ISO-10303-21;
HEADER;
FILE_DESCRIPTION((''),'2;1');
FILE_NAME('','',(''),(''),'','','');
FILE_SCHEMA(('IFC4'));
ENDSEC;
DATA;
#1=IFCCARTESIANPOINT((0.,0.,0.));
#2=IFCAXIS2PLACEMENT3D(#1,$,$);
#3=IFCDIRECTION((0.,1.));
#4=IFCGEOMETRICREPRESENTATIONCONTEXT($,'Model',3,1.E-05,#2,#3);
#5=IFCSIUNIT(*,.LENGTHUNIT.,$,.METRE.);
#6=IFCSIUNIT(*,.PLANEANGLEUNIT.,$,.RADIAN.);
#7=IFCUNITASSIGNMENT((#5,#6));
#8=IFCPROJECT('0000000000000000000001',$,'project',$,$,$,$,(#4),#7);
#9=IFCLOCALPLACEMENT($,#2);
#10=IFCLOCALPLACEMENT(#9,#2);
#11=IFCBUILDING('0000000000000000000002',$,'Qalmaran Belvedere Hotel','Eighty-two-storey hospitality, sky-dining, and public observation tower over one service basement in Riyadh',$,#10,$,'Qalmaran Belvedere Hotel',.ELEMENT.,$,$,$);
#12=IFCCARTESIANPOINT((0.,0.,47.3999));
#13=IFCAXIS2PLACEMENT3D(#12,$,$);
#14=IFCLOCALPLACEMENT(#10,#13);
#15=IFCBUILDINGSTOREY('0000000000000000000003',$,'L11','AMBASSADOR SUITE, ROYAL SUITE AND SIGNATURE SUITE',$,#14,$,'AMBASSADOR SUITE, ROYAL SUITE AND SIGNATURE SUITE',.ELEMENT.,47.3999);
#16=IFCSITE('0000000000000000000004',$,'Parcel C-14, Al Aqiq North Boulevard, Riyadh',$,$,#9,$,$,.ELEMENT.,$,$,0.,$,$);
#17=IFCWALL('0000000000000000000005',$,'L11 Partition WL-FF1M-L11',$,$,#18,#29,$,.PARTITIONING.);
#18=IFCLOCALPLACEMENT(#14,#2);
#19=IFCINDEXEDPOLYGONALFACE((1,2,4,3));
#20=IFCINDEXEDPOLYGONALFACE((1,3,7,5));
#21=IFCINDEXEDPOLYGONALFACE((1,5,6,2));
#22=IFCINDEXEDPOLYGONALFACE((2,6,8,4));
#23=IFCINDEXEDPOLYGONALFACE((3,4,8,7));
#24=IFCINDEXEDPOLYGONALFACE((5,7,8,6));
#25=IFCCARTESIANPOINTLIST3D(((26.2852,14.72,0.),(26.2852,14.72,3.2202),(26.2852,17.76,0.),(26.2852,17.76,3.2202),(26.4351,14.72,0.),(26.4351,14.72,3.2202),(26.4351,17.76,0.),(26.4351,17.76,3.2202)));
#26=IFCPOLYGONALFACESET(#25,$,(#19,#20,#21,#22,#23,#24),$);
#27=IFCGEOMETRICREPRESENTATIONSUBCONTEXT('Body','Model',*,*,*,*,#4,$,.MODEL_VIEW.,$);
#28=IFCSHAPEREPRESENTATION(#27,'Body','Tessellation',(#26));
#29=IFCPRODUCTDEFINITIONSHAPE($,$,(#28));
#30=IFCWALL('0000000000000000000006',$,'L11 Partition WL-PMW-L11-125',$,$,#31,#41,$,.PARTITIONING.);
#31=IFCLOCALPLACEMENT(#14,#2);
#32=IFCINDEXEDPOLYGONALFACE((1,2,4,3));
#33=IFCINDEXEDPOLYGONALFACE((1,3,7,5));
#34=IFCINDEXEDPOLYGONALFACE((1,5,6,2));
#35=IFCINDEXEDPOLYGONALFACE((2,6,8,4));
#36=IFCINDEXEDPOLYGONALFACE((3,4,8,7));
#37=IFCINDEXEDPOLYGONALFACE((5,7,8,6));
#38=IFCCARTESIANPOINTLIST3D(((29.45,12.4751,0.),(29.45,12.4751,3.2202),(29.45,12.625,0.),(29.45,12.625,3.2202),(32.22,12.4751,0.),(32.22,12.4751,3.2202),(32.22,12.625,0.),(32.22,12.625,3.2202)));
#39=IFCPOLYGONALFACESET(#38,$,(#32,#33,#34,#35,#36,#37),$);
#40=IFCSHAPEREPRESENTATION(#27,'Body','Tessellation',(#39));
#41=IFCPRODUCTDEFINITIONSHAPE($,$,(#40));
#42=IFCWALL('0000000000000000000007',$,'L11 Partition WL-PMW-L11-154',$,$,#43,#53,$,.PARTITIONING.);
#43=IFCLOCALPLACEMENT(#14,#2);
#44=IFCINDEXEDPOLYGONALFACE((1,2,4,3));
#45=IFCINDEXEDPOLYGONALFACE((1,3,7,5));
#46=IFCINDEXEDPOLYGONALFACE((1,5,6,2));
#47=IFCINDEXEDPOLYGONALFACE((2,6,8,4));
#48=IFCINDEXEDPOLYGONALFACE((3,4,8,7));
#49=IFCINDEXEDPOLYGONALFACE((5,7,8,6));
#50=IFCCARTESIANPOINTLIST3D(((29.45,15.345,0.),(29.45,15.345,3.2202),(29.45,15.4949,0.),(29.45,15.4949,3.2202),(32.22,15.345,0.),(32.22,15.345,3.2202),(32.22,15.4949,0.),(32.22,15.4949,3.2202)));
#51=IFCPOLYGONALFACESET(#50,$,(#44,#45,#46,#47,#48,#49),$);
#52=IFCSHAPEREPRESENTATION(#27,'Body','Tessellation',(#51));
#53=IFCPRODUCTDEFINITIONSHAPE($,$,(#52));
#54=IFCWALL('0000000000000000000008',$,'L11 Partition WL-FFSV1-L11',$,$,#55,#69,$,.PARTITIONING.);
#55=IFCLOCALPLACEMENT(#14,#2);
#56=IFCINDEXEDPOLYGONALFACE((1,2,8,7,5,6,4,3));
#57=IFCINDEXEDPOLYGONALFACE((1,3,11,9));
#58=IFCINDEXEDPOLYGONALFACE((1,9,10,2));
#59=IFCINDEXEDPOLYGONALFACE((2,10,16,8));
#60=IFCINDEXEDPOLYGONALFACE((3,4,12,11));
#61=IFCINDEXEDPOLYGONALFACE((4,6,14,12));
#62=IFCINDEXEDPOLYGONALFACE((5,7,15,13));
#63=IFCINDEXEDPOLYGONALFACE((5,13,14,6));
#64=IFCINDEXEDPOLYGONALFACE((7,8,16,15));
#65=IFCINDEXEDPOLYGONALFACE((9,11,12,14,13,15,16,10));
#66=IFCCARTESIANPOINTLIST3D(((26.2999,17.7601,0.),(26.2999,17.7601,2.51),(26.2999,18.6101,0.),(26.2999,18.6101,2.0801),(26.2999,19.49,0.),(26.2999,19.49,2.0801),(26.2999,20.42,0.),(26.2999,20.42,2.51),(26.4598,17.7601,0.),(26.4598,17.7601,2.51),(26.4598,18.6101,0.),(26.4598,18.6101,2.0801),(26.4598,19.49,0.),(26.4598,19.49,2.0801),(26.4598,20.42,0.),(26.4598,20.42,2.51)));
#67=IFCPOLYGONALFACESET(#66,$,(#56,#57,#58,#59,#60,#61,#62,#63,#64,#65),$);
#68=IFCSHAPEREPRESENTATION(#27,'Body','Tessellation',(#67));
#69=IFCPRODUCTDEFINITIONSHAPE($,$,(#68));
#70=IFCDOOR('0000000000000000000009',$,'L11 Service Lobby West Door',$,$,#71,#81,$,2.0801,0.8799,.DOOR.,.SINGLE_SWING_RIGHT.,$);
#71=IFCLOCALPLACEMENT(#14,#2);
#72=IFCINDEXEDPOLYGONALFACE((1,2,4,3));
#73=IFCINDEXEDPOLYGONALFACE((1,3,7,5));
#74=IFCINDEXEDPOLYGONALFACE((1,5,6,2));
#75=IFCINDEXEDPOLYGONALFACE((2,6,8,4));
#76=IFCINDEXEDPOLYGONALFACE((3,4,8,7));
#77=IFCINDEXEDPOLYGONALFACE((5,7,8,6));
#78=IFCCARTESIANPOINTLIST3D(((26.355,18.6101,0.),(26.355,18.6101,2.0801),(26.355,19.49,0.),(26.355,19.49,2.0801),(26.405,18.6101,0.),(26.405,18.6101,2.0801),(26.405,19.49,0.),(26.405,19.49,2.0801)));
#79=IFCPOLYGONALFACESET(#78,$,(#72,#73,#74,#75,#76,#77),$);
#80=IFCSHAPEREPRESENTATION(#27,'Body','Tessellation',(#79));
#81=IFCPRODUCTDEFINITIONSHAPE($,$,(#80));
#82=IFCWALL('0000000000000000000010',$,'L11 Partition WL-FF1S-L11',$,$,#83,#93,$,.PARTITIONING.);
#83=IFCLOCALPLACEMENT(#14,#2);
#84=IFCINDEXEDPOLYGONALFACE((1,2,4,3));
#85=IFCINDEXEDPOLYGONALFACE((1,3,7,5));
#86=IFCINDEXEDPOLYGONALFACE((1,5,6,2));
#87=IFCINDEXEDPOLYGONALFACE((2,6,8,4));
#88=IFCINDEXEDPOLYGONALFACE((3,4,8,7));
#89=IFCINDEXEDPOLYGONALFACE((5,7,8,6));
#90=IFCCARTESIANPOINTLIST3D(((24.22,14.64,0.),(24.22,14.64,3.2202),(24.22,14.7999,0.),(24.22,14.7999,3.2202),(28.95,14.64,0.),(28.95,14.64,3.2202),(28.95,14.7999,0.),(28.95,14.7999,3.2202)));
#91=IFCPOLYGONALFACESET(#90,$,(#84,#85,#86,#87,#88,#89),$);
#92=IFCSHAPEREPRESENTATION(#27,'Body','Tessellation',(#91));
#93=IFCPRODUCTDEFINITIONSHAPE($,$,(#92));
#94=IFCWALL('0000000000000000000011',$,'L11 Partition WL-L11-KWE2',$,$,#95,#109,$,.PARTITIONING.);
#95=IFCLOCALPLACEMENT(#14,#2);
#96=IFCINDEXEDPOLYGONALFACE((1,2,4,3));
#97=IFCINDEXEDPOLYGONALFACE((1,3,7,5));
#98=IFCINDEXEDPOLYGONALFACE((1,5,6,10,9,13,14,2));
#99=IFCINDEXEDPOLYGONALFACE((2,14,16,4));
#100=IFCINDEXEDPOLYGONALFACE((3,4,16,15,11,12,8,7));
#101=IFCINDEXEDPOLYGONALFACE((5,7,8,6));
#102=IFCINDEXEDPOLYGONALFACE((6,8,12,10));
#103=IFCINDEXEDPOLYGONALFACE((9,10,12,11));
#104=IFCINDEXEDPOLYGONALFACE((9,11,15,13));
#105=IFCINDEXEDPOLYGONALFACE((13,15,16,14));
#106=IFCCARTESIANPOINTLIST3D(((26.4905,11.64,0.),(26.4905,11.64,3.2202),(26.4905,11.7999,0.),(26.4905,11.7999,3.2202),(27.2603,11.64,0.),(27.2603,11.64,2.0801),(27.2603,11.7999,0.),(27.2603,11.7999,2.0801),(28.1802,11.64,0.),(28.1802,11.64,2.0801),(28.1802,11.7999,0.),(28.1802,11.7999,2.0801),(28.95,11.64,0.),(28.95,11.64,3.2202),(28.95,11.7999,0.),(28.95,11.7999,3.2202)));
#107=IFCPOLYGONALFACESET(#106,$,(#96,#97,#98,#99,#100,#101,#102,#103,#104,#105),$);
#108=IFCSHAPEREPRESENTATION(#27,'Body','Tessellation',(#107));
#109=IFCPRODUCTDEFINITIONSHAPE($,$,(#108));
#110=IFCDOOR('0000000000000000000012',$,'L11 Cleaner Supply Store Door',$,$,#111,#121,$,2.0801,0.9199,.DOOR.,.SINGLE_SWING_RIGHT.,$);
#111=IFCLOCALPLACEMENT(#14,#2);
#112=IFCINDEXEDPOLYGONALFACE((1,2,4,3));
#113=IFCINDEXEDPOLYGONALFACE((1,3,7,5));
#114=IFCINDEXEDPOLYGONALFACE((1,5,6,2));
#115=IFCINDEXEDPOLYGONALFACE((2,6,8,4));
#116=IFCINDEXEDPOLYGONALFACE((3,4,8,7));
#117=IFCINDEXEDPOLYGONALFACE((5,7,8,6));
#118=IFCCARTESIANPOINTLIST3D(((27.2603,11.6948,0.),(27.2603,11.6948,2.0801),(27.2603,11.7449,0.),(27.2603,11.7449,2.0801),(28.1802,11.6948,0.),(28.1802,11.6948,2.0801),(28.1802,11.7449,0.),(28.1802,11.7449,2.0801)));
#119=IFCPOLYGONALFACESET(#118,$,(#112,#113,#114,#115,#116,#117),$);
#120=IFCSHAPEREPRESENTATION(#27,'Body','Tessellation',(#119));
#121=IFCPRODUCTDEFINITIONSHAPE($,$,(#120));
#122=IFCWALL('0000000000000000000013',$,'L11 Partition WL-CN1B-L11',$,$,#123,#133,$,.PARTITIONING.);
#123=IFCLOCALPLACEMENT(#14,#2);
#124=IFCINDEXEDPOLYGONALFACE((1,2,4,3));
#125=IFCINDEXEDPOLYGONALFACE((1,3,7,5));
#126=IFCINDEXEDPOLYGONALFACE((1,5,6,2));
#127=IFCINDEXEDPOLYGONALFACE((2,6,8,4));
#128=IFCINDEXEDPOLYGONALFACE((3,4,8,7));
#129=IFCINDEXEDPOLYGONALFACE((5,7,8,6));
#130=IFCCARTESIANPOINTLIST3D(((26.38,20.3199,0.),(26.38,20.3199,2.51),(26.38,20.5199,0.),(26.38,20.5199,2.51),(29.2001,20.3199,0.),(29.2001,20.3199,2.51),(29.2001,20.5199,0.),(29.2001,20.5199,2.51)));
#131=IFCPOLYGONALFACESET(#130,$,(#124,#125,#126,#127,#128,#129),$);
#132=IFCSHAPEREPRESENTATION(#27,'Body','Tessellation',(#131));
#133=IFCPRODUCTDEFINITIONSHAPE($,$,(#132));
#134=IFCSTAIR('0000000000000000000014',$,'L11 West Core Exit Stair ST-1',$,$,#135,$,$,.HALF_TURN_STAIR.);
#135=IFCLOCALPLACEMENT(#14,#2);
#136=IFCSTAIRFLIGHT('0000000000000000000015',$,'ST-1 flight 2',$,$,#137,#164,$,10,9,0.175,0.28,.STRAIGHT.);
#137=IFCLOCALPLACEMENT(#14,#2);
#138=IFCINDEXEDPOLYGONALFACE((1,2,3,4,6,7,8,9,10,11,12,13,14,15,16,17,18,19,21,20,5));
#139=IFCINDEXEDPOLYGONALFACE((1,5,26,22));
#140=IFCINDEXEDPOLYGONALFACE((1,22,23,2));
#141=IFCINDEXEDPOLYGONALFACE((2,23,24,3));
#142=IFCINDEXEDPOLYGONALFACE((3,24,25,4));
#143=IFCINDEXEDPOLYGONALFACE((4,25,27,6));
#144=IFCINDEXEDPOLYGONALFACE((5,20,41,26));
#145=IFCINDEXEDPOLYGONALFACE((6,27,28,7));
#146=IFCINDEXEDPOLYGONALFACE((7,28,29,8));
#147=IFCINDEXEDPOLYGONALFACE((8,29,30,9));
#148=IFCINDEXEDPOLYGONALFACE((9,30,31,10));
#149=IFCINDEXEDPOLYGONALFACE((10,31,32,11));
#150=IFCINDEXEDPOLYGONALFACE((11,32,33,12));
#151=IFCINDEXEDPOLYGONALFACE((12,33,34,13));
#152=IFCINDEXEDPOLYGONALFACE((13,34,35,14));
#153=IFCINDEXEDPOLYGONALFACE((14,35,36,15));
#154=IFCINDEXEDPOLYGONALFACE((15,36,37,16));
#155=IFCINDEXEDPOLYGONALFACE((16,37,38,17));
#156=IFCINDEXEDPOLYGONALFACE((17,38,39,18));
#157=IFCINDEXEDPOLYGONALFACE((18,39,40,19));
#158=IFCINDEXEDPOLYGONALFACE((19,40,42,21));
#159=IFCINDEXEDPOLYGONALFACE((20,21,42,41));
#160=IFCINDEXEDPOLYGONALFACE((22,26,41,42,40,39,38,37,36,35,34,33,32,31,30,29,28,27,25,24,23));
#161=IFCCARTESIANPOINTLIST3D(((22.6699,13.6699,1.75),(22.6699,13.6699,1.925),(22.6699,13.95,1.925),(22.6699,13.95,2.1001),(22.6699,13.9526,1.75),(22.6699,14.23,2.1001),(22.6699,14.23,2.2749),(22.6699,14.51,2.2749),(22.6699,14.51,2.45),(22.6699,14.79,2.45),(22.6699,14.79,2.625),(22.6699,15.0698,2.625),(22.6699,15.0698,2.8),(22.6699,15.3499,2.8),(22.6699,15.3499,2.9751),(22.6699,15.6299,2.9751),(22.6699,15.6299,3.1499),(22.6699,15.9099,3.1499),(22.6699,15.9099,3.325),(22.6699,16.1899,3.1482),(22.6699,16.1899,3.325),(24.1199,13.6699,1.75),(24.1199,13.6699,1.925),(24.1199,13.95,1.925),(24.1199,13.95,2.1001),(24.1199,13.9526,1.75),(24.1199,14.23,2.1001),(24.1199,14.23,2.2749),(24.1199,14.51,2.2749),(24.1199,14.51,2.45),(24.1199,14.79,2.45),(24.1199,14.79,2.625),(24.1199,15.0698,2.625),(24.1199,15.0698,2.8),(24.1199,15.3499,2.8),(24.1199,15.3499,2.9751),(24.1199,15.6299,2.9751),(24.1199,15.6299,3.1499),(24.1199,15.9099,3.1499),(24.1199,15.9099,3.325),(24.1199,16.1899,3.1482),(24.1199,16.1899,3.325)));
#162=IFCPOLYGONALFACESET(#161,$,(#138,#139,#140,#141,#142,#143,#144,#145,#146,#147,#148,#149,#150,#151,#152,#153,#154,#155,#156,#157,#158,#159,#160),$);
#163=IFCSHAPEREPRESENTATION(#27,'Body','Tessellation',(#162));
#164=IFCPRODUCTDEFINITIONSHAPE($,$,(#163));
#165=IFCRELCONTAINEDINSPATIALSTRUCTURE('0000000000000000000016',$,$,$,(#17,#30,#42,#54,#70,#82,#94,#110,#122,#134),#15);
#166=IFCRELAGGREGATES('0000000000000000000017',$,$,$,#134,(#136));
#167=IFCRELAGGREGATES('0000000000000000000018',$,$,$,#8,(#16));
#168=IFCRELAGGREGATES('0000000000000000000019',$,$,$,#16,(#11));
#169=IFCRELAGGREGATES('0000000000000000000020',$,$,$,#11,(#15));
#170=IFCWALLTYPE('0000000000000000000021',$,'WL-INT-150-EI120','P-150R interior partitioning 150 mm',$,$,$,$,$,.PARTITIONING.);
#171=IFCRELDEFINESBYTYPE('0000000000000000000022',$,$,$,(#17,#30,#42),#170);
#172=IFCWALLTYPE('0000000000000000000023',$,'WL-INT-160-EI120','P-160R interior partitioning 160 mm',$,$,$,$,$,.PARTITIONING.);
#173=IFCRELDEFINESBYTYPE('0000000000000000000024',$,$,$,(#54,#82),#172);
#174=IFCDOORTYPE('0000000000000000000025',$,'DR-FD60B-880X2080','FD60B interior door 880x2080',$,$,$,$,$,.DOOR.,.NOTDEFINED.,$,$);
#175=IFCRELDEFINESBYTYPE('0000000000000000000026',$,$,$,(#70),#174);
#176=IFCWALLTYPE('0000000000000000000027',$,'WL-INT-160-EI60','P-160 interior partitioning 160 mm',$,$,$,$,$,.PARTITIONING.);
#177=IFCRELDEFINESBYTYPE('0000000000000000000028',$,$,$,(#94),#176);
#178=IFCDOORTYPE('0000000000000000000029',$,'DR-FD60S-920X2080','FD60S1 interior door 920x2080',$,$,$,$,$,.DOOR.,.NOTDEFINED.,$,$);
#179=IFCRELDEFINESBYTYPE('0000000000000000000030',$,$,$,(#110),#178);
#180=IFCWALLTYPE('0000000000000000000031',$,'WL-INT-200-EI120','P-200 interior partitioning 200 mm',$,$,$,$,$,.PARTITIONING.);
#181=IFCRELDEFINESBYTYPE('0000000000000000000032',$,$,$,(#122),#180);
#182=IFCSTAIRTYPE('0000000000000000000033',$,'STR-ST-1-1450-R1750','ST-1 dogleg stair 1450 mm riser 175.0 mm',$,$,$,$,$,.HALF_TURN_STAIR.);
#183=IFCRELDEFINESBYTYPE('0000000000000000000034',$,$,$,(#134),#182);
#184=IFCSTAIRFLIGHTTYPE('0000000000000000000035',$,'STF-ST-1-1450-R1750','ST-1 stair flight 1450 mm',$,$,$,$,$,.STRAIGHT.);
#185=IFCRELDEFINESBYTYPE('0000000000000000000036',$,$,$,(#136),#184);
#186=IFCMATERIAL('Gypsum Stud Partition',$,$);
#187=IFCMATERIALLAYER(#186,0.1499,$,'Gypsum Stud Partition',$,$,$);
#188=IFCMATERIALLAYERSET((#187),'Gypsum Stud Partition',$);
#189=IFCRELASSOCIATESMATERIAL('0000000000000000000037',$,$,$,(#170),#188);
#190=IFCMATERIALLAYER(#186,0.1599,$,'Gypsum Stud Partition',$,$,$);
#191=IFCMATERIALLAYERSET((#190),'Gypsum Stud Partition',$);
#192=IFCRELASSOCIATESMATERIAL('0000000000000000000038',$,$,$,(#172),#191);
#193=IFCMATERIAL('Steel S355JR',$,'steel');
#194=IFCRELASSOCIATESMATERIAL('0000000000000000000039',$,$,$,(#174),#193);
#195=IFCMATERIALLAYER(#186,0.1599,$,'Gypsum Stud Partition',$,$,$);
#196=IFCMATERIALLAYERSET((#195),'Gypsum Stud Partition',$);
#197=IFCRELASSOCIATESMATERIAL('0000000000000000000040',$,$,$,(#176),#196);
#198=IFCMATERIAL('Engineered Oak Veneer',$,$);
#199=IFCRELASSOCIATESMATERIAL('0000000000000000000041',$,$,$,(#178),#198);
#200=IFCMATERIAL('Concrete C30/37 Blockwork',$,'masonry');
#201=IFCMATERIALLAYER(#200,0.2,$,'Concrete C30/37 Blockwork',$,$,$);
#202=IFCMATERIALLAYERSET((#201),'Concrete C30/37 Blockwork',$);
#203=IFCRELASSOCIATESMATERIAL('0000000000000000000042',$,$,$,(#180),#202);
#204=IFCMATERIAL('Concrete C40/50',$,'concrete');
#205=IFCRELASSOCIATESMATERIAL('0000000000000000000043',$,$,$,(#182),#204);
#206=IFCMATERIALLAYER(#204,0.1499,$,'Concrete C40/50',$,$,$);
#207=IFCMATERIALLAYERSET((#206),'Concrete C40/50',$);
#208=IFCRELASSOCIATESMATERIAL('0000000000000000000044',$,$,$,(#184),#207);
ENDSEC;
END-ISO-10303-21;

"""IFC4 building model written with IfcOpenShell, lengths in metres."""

from ifc_helpers import new_model, si_unit, direction, frame, frame_2d, origin, place, context, subcontext, project, spatial, polyline, rectangle, outline, extrude, material, layer, layer_set, type_object, element, fill, aggregate, save


model = new_model("IFC4")

# Units and contexts
model_context = context("Model", 3, precision=1e-05, world=origin(), true_north=direction((0.0, 1.0)))
body_context = subcontext(model_context, "Body", "Model", "MODEL_VIEW")
ifc_project = project(units=[si_unit("LENGTHUNIT", "METRE"), si_unit("PLANEANGLEUNIT", "RADIAN")], contexts=[model_context])

# Site, building, storey
site_placement = place(None, origin())
site = spatial("IfcSite", under=ifc_project, at=site_placement, Name="Parcel C-14, Al Aqiq North Boulevard, Riyadh", CompositionType="ELEMENT", RefElevation=0.0)
building_placement = place(site_placement, origin())
building = spatial("IfcBuilding", under=site, at=building_placement, Name="Qalmaran Belvedere Hotel", Description="Eighty-two-storey hospitality, sky-dining, and public observation tower over one service basement in Riyadh", LongName="Qalmaran Belvedere Hotel", CompositionType="ELEMENT")
storey_placement = place(building_placement, frame((0.0, 0.0, 47.3999)))
storey = spatial("IfcBuildingStorey", under=building, at=storey_placement, Name="L11", Description="AMBASSADOR SUITE, ROYAL SUITE AND SIGNATURE SUITE", LongName="AMBASSADOR SUITE, ROYAL SUITE AND SIGNATURE SUITE", CompositionType="ELEMENT", Elevation=47.3999)

# Walls
ifc_material_1 = material(Name="Gypsum Stud Partition")
ifc_layer_1 = layer(ifc_material_1, 0.1499, Name="Gypsum Stud Partition")
ifc_layer_set_1 = layer_set([ifc_layer_1], Name="Gypsum Stud Partition")
wall_type_1 = type_object("IfcWallType", Name="WL-INT-150-EI120", Description="P-150R interior partitioning 150 mm", PredefinedType="PARTITIONING", material=ifc_layer_set_1)
wall_1_placement = place(storey_placement, frame((26.3601, 14.72, 0.0), z_axis=(0.0, 0.0, 1.0), x_axis=(0.0, 1.0, 0.0)))
element("IfcWall", 1, at=wall_1_placement, inside=storey, type_object=wall_type_1, Name="L11 Partition WL-FF1M-L11", PredefinedType="PARTITIONING", context=body_context, shape_type="SweptSolid", body=[
    extrude(rectangle(XDim=3.04, YDim=0.1499, at=frame_2d((1.52, 0.0))), origin(), (0.0, 0.0, 1.0), 3.2202),
])
for number, where, z_axis, x_axis, name in (
    (2, (29.45, 12.55, 0.0), (0.0, 0.0, 1.0), (1.0, 0.0, 0.0), "L11 Partition WL-PMW-L11-125"),
    (3, (29.45, 15.4199, 0.0), (0.0, 0.0, 1.0), (1.0, 0.0, 0.0), "L11 Partition WL-PMW-L11-154"),
):
    element("IfcWall", number, at=place(storey_placement, frame(where, z_axis=z_axis, x_axis=x_axis)), inside=storey, type_object=wall_type_1, Name=name, PredefinedType="PARTITIONING", context=body_context, shape_type="SweptSolid", body=[
        extrude(rectangle(XDim=2.77, YDim=0.1499, at=frame_2d((1.385, 0.0))), origin(), (0.0, 0.0, 1.0), 3.2202),
    ])

# Wall, opening, door
ifc_layer_2 = layer(ifc_material_1, 0.1599, Name="Gypsum Stud Partition")
ifc_layer_set_2 = layer_set([ifc_layer_2], Name="Gypsum Stud Partition")
wall_type_2 = type_object("IfcWallType", Name="WL-INT-160-EI120", Description="P-160R interior partitioning 160 mm", PredefinedType="PARTITIONING", material=ifc_layer_set_2)
wall_2_placement = place(storey_placement, frame((26.3799, 17.76, 0.0), z_axis=(0.0, 0.0, 1.0), x_axis=(0.0, 1.0, 0.0)))
wall_2 = element("IfcWall", 4, at=wall_2_placement, inside=storey, type_object=wall_type_2, Name="L11 Partition WL-FFSV1-L11", PredefinedType="PARTITIONING", context=body_context, shape_type="SweptSolid", body=[
    extrude(rectangle(XDim=2.6599, YDim=0.1599, at=frame_2d((1.3301, 0.0))), origin(), (0.0, 0.0, 1.0), 2.51),
])
opening_1_placement = place(wall_2_placement, frame((0.8501, 0.0, 0.0)))
opening_1 = element("IfcOpeningElement", 5, at=opening_1_placement, cuts=wall_2, PredefinedType="OPENING", context=body_context, shape_type="SweptSolid", body=[
    extrude(rectangle(XDim=0.8799, YDim=2.0801, at=frame_2d((0.4399, 1.04))), frame((0.0, 0.0898, 0.0), z_axis=(0.0, -1.0, 0.0), x_axis=(1.0, 0.0, 0.0)), (0.0, 0.0, 1.0), 0.1799),
])
ifc_material_2 = material(Name="Steel S355JR", Category="steel")
door_type_1 = type_object("IfcDoorType", Name="DR-FD60B-880X2080", Description="FD60B interior door 880x2080", OperationType="NOTDEFINED", PredefinedType="DOOR", material=ifc_material_2)
door_1_placement = place(opening_1_placement, origin())
door_1 = element("IfcDoor", 6, at=door_1_placement, inside=storey, type_object=door_type_1, Name="L11 Service Lobby West Door", OperationType="SINGLE_SWING_RIGHT", OverallHeight=2.0801, OverallWidth=0.8799, PredefinedType="DOOR", context=body_context, shape_type="SweptSolid", body=[
    extrude(rectangle(XDim=0.8799, YDim=2.0801, at=frame_2d((0.4399, 1.04))), frame((0.0, 0.0249, 0.0), z_axis=(0.0, -1.0, 0.0), x_axis=(1.0, 0.0, 0.0)), (0.0, 0.0, 1.0), 0.05),
])
fill(opening_1, door_1)

# Wall
wall_3_placement = place(storey_placement, frame((24.22, 14.72, 0.0), z_axis=(0.0, 0.0, 1.0), x_axis=(1.0, 0.0, 0.0)))
element("IfcWall", 7, at=wall_3_placement, inside=storey, type_object=wall_type_2, Name="L11 Partition WL-FF1S-L11", PredefinedType="PARTITIONING", context=body_context, shape_type="SweptSolid", body=[
    extrude(rectangle(XDim=4.73, YDim=0.1599, at=frame_2d((2.365, 0.0))), origin(), (0.0, 0.0, 1.0), 3.2202),
])

# Wall, opening, door
ifc_layer_3 = layer(ifc_material_1, 0.1599, Name="Gypsum Stud Partition")
ifc_layer_set_3 = layer_set([ifc_layer_3], Name="Gypsum Stud Partition")
wall_type_3 = type_object("IfcWallType", Name="WL-INT-160-EI60", Description="P-160 interior partitioning 160 mm", PredefinedType="PARTITIONING", material=ifc_layer_set_3)
wall_4_placement = place(storey_placement, frame((26.4905, 11.72, 0.0), z_axis=(0.0, 0.0, 1.0), x_axis=(1.0, 0.0, 0.0)))
wall_4 = element("IfcWall", 8, at=wall_4_placement, inside=storey, type_object=wall_type_3, Name="L11 Partition WL-L11-KWE2", PredefinedType="PARTITIONING", context=body_context, shape_type="SweptSolid", body=[
    extrude(rectangle(XDim=2.4595, YDim=0.1599, at=frame_2d((1.2297, 0.0))), origin(), (0.0, 0.0, 1.0), 3.2202),
])
opening_2_placement = place(wall_4_placement, frame((0.7698, 0.0, 0.0)))
opening_2 = element("IfcOpeningElement", 9, at=opening_2_placement, cuts=wall_4, PredefinedType="OPENING", context=body_context, shape_type="SweptSolid", body=[
    extrude(rectangle(XDim=0.9199, YDim=2.0801, at=frame_2d((0.46, 1.04))), frame((0.0, 0.0898, 0.0), z_axis=(0.0, -1.0, 0.0), x_axis=(1.0, 0.0, 0.0)), (0.0, 0.0, 1.0), 0.1799),
])
ifc_material_3 = material(Name="Engineered Oak Veneer")
door_type_2 = type_object("IfcDoorType", Name="DR-FD60S-920X2080", Description="FD60S1 interior door 920x2080", OperationType="NOTDEFINED", PredefinedType="DOOR", material=ifc_material_3)
door_2_placement = place(opening_2_placement, origin())
door_2 = element("IfcDoor", 10, at=door_2_placement, inside=storey, type_object=door_type_2, Name="L11 Cleaner Supply Store Door", OperationType="SINGLE_SWING_RIGHT", OverallHeight=2.0801, OverallWidth=0.9199, PredefinedType="DOOR", context=body_context, shape_type="SweptSolid", body=[
    extrude(rectangle(XDim=0.9199, YDim=2.0801, at=frame_2d((0.46, 1.04))), frame((0.0, 0.0249, 0.0), z_axis=(0.0, -1.0, 0.0), x_axis=(1.0, 0.0, 0.0)), (0.0, 0.0, 1.0), 0.05),
])
fill(opening_2, door_2)

# Wall
ifc_material_4 = material(Name="Concrete C30/37 Blockwork", Category="masonry")
ifc_layer_4 = layer(ifc_material_4, 0.2, Name="Concrete C30/37 Blockwork")
ifc_layer_set_4 = layer_set([ifc_layer_4], Name="Concrete C30/37 Blockwork")
wall_type_4 = type_object("IfcWallType", Name="WL-INT-200-EI120", Description="P-200 interior partitioning 200 mm", PredefinedType="PARTITIONING", material=ifc_layer_set_4)
wall_5_placement = place(storey_placement, frame((26.3799, 20.4199, 0.0), z_axis=(0.0, 0.0, 1.0), x_axis=(1.0, 0.0, 0.0)))
element("IfcWall", 11, at=wall_5_placement, inside=storey, type_object=wall_type_4, Name="L11 Partition WL-CN1B-L11", PredefinedType="PARTITIONING", context=body_context, shape_type="SweptSolid", body=[
    extrude(rectangle(XDim=2.8201, YDim=0.2, at=frame_2d((1.4102, 0.0))), origin(), (0.0, 0.0, 1.0), 2.51),
])

# Stair, stair flight
ifc_material_5 = material(Name="Concrete C40/50", Category="concrete")
stair_type = type_object("IfcStairType", Name="STR-ST-1-1450-R1750", Description="ST-1 dogleg stair 1450 mm riser 175.0 mm", PredefinedType="HALF_TURN_STAIR", material=ifc_material_5)
stair_placement = place(storey_placement, origin())
stair = element("IfcStair", 12, at=stair_placement, inside=storey, type_object=stair_type, Name="L11 West Core Exit Stair ST-1", PredefinedType="HALF_TURN_STAIR")
ifc_layer_5 = layer(ifc_material_5, 0.1499, Name="Concrete C40/50")
ifc_layer_set_5 = layer_set([ifc_layer_5], Name="Concrete C40/50")
stair_flight_type = type_object("IfcStairFlightType", Name="STF-ST-1-1450-R1750", Description="ST-1 stair flight 1450 mm", PredefinedType="STRAIGHT", material=ifc_layer_set_5)
stair_flight_placement = place(storey_placement, frame((23.395, 13.6699, 1.75), z_axis=(0.0, 0.0, 1.0), x_axis=(0.0, 1.0, 0.0)))
stair_flight = element("IfcStairFlight", 13, at=stair_flight_placement, type_object=stair_flight_type, Name="ST-1 flight 2", NumberOfRisers=10, NumberOfTreads=9, PredefinedType="STRAIGHT", RiserHeight=0.175, TreadLength=0.28, context=body_context, shape_type="SweptSolid", body=[
    extrude(outline(polyline([(0.0, 0.0), (0.0, 0.175), (0.28, 0.175), (0.28, 0.3501), (0.5601, 0.3501), (0.5601, 0.5249), (0.8401, 0.5249), (0.8401, 0.7), (1.1201, 0.7), (1.1201, 0.875), (1.3999, 0.875), (1.3999, 1.05), (1.6799, 1.05), (1.6799, 1.2251), (1.96, 1.2251), (1.96, 1.3999), (2.24, 1.3999), (2.24, 1.575), (2.52, 1.575), (2.52, 1.75), (2.52, 1.3982), (0.2827, 0.0), (0.0, 0.0)])), frame((0.0, 0.7251, 0.0), z_axis=(0.0, -1.0, 0.0), x_axis=(1.0, 0.0, 0.0)), (0.0, 0.0, 1.0), 1.45),
])
aggregate(stair, [stair_flight])

save(model, "model.ifc")
